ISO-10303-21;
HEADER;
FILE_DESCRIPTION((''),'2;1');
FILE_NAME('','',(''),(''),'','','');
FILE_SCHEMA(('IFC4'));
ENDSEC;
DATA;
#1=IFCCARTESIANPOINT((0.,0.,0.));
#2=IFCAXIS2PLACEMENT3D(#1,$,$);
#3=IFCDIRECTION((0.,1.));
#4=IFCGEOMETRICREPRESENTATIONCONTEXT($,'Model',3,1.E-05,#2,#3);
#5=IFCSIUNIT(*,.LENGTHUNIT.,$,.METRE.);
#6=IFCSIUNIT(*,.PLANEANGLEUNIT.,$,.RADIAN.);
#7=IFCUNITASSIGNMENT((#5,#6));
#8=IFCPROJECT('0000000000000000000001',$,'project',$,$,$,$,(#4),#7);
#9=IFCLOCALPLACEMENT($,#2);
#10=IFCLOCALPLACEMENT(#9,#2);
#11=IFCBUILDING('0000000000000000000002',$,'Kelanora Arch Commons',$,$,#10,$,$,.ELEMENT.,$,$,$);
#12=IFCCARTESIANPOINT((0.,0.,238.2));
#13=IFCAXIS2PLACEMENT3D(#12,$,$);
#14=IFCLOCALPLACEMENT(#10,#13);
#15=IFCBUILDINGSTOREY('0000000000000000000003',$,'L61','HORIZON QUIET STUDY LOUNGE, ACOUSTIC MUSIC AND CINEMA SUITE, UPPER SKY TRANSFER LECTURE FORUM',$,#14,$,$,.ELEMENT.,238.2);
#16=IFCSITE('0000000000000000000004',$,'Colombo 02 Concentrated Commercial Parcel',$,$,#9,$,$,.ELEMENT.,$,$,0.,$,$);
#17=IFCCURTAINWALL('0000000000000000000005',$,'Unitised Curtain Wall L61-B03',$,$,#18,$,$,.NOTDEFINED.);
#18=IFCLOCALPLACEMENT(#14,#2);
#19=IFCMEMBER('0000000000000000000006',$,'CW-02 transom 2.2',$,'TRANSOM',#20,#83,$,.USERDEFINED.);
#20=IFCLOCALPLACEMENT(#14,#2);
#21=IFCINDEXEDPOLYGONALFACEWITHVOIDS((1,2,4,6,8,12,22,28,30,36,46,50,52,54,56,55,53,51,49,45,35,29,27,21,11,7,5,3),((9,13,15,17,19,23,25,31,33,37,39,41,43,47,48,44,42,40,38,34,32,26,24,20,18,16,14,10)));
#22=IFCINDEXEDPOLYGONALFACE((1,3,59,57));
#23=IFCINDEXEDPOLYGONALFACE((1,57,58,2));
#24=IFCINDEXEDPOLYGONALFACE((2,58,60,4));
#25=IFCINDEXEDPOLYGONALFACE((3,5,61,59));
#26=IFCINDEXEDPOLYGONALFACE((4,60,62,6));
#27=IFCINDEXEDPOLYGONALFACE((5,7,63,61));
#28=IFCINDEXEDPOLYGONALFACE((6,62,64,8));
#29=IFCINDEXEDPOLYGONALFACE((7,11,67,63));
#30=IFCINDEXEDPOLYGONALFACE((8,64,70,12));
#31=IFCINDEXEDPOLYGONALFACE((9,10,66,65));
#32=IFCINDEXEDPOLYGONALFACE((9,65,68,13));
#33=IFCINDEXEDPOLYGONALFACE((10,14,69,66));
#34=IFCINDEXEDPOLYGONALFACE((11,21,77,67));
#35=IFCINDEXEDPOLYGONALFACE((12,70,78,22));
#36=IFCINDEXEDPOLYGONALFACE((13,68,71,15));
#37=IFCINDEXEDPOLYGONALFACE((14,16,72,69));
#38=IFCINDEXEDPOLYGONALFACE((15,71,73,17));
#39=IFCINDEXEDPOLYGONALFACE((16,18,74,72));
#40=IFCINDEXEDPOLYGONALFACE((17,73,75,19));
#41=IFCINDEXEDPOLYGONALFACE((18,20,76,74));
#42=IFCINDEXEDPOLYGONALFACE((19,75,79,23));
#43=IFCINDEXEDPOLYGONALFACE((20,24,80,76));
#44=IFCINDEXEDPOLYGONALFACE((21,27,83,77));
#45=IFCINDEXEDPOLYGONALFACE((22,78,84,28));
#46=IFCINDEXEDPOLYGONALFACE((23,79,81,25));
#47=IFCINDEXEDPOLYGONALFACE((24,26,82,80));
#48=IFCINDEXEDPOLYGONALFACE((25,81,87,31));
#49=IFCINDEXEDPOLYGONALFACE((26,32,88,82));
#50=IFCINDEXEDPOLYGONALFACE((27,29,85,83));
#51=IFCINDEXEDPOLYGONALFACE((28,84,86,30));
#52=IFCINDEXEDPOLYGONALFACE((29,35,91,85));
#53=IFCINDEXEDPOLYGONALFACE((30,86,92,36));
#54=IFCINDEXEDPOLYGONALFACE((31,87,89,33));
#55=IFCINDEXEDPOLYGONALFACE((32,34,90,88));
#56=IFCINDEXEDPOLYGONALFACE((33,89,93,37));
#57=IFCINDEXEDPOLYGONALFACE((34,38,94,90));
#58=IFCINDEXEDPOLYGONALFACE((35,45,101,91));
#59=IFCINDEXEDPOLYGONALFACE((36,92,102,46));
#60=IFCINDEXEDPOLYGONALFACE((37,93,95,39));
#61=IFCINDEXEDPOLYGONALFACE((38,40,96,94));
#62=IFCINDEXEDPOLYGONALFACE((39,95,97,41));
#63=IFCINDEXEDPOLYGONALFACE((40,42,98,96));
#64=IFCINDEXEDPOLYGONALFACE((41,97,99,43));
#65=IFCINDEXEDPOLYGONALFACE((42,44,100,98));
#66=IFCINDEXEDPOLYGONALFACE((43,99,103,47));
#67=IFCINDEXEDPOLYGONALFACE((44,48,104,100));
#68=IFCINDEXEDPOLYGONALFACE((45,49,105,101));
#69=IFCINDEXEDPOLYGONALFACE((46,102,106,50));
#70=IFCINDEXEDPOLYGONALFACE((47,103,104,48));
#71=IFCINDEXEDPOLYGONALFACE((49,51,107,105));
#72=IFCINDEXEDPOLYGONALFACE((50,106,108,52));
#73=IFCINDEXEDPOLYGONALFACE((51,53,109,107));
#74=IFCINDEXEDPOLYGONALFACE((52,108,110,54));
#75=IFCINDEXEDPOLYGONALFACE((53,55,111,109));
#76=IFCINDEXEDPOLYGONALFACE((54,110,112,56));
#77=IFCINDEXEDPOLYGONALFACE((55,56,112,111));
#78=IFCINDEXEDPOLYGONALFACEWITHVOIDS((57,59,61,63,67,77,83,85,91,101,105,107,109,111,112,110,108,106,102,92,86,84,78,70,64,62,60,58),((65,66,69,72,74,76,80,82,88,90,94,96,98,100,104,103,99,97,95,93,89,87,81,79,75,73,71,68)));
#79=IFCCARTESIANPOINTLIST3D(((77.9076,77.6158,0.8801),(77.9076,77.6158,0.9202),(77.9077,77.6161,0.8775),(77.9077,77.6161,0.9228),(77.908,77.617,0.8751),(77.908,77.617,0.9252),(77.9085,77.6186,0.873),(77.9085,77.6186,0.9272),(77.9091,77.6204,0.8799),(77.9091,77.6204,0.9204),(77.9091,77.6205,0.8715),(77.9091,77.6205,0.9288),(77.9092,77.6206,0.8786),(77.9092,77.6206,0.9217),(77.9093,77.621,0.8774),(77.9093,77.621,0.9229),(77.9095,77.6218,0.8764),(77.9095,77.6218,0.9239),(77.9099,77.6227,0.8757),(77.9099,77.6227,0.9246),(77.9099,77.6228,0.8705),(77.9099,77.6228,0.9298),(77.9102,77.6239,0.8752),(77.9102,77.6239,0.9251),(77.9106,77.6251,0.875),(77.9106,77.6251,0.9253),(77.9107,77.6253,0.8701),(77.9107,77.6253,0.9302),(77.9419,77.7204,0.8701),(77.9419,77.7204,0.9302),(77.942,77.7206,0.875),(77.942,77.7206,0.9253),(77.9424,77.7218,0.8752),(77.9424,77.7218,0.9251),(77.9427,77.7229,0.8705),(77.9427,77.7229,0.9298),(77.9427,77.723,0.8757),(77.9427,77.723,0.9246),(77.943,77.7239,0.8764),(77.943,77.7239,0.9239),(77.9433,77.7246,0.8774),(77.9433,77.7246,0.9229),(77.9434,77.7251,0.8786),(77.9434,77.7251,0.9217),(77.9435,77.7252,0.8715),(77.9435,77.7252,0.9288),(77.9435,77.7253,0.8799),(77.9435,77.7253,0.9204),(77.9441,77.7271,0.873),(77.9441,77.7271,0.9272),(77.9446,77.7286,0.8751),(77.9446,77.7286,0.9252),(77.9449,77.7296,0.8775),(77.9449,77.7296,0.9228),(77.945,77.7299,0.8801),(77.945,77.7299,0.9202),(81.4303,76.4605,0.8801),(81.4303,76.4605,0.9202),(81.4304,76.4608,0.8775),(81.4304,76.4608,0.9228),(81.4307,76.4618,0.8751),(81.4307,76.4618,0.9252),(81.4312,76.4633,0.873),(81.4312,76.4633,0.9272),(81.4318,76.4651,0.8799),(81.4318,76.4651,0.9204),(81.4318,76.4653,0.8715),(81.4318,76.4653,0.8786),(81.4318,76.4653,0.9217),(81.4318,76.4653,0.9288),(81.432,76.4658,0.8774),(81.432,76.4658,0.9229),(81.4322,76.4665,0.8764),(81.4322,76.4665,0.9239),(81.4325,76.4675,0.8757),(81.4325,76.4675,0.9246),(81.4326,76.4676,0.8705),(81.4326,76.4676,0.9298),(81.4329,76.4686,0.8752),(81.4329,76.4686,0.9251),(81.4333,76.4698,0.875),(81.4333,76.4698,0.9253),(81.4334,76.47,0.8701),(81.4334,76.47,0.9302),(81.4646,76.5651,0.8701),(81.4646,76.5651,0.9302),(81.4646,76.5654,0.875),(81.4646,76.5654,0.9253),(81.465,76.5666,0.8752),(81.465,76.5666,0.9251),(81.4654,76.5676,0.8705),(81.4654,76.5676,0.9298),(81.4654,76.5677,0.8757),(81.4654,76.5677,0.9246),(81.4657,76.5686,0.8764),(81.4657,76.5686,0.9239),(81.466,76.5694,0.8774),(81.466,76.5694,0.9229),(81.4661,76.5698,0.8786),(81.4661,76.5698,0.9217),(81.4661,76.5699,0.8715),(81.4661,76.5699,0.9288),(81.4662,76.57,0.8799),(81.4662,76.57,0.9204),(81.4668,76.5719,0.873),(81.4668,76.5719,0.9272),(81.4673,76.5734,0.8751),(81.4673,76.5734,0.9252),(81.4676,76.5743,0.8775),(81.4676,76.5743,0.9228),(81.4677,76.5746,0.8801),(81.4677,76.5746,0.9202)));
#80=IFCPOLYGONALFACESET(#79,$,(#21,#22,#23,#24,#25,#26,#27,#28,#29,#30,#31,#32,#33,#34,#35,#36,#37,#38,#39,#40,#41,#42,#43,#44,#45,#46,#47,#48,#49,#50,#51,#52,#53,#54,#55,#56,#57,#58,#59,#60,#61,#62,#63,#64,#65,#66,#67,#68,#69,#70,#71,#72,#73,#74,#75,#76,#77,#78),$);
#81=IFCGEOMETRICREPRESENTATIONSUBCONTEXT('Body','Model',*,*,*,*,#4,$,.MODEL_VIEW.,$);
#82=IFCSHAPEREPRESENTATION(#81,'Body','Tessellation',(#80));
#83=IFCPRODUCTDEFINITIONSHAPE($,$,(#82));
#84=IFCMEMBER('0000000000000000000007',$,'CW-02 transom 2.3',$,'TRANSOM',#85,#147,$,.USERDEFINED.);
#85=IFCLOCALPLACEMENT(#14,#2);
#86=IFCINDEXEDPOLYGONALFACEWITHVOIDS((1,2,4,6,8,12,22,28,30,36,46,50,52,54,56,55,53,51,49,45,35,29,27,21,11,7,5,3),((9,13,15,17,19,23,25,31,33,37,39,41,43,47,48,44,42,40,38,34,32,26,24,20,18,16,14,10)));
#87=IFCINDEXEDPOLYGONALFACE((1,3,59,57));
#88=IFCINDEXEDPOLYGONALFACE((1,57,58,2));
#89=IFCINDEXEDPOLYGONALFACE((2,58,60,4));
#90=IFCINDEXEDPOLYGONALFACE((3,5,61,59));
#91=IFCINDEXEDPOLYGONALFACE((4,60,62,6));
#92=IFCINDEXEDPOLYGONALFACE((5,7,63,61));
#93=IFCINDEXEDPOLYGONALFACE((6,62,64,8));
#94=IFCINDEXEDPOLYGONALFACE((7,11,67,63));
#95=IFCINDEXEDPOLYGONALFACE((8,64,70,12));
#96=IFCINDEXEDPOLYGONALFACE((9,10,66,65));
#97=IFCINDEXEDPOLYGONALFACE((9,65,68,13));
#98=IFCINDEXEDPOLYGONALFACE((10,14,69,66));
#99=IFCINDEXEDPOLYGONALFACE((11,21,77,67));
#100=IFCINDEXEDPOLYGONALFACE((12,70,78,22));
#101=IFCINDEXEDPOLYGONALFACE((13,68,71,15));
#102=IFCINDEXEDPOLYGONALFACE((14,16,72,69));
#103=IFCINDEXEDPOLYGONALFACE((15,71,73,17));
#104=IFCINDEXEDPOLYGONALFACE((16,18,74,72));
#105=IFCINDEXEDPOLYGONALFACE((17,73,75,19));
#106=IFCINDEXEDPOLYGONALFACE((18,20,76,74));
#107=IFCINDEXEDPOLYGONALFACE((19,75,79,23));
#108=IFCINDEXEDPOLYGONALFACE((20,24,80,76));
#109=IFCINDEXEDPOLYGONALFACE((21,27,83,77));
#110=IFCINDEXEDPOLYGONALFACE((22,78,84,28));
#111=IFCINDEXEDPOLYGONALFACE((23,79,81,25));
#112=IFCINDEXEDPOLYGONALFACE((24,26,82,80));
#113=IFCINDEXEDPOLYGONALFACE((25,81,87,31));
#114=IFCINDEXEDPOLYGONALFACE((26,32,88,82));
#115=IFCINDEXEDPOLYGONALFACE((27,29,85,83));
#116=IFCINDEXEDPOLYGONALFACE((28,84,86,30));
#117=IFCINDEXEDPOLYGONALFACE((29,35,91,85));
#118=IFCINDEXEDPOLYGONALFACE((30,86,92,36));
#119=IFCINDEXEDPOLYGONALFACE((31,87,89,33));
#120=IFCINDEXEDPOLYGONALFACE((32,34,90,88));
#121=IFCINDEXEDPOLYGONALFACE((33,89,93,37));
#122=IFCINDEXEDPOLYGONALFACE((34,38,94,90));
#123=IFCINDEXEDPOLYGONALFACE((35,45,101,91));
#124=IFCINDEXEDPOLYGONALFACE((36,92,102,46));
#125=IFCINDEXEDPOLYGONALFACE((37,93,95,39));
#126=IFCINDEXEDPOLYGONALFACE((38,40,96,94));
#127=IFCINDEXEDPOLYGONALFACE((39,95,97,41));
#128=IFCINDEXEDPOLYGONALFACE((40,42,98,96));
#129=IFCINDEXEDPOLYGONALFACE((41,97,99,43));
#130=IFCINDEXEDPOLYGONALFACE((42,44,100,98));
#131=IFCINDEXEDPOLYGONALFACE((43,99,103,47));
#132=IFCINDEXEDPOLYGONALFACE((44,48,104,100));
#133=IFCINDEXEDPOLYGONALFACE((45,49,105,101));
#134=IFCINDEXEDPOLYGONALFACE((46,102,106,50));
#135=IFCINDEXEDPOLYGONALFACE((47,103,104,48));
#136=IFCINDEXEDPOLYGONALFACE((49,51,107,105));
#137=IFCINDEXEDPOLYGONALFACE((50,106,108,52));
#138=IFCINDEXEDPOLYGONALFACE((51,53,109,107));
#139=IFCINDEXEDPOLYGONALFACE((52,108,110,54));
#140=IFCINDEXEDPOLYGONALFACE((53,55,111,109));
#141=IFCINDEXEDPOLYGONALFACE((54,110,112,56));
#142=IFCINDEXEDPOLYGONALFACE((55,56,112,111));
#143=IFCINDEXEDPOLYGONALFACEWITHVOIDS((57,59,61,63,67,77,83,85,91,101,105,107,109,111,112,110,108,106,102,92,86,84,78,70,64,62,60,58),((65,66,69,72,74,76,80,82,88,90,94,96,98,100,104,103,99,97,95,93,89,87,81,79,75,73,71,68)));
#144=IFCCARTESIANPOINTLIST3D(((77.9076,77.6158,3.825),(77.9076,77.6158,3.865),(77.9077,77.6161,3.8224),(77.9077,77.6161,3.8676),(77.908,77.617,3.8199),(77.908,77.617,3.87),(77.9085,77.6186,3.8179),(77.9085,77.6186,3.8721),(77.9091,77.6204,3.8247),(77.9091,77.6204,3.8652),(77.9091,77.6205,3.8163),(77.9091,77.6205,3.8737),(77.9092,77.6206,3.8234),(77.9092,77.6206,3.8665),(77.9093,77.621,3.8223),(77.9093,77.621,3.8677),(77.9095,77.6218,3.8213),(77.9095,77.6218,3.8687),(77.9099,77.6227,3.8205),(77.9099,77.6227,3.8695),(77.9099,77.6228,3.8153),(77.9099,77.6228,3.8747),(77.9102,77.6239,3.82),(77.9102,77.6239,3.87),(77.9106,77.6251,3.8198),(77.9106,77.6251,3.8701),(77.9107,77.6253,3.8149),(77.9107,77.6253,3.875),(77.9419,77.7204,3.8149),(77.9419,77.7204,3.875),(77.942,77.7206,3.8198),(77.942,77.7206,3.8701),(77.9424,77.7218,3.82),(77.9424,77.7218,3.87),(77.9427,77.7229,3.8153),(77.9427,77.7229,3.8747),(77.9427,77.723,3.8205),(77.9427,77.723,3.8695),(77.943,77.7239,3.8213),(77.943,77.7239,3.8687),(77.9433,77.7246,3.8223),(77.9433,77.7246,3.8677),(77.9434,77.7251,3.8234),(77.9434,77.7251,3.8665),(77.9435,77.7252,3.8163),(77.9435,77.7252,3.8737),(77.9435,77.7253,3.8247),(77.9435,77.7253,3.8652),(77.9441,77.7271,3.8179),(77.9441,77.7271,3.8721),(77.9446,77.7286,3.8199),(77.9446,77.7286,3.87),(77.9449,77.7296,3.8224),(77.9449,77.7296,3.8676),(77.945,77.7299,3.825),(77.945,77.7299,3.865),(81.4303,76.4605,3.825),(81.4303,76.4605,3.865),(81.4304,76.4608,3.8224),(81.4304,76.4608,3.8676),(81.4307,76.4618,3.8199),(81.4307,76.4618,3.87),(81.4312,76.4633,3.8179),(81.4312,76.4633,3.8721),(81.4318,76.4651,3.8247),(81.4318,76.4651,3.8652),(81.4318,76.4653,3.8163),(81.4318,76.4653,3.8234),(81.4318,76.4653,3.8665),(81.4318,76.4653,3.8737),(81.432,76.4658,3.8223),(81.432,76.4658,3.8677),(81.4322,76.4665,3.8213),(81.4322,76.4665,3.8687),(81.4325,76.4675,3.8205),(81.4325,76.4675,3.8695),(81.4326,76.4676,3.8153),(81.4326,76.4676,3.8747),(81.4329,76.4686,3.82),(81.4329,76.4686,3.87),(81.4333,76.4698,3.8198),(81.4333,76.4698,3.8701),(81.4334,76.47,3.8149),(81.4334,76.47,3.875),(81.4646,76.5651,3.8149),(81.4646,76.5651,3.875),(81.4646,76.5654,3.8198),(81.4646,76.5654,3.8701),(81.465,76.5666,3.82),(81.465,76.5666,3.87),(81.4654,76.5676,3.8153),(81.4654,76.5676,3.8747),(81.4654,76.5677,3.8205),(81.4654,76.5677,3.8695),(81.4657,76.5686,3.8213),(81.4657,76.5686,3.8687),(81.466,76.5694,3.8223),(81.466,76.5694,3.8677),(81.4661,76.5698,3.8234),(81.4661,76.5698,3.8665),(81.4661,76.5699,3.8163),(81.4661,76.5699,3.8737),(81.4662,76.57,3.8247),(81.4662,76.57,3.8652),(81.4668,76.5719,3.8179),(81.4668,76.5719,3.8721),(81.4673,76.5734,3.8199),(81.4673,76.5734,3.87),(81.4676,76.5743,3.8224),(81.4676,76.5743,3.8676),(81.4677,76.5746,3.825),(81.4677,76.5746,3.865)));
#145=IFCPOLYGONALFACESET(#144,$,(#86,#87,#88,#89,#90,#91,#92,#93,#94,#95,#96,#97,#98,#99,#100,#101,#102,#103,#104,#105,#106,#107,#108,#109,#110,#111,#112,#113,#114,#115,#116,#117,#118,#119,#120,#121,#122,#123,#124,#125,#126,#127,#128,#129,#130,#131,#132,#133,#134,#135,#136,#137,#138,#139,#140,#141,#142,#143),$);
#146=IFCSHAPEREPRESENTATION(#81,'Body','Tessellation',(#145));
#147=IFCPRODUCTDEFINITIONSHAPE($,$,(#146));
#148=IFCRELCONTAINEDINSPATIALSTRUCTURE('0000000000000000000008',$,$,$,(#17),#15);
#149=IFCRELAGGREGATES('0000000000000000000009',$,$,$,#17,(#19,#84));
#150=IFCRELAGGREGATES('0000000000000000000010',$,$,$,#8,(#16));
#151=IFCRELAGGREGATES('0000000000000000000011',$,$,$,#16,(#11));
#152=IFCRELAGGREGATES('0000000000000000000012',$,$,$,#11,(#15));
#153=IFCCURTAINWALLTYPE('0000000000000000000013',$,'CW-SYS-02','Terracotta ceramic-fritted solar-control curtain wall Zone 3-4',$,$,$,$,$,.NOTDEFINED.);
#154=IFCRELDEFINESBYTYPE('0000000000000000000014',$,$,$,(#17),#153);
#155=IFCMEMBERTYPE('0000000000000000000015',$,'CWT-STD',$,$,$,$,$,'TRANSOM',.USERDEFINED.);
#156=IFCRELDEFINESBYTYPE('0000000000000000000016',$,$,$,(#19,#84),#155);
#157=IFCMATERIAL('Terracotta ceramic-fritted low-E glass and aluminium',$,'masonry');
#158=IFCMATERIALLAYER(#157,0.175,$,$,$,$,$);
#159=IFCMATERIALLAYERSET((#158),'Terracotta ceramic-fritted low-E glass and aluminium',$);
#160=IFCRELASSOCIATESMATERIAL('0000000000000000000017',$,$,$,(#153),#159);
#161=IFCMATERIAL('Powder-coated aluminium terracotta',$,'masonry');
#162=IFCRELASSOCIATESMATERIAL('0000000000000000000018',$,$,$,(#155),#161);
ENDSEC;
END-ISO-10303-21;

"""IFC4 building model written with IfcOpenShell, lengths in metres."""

from ifc_helpers import new_model, si_unit, direction, frame, origin, origin_2d, place, context, subcontext, project, spatial, hollow_rectangle, extrude, material, layer, layer_set, material_profile, profile_set, type_object, element, aggregate, save


model = new_model("IFC4")

# Units and contexts
model_context = context("Model", 3, precision=1e-05, world=origin(), true_north=direction((0.0, 1.0)))
body_context = subcontext(model_context, "Body", "Model", "MODEL_VIEW")
ifc_project = project(units=[si_unit("LENGTHUNIT", "METRE"), si_unit("PLANEANGLEUNIT", "RADIAN")], contexts=[model_context])

# Site, building, storey
site_placement = place(None, origin())
site = spatial("IfcSite", under=ifc_project, at=site_placement, Name="Colombo 02 Concentrated Commercial Parcel", CompositionType="ELEMENT", RefElevation=0.0)
building_placement = place(site_placement, origin())
building = spatial("IfcBuilding", under=site, at=building_placement, Name="Kelanora Arch Commons", CompositionType="ELEMENT")
storey_placement = place(building_placement, frame((0.0, 0.0, 238.2)))
storey = spatial("IfcBuildingStorey", under=building, at=storey_placement, Name="L61", Description="HORIZON QUIET STUDY LOUNGE, ACOUSTIC MUSIC AND CINEMA SUITE, UPPER SKY TRANSFER LECTURE FORUM", CompositionType="ELEMENT", Elevation=238.2)

# Curtain wall, members
ifc_material_1 = material(Name="Terracotta ceramic-fritted low-E glass and aluminium", Category="masonry")
ifc_layer_1 = layer(ifc_material_1, 0.175)
ifc_layer_set_1 = layer_set([ifc_layer_1], Name="Terracotta ceramic-fritted low-E glass and aluminium")
curtain_wall_type = type_object("IfcCurtainWallType", Name="CW-SYS-02", Description="Terracotta ceramic-fritted solar-control curtain wall Zone 3-4", PredefinedType="NOTDEFINED", material=ifc_layer_set_1)
curtain_wall_placement = place(storey_placement, origin())
curtain_wall = element("IfcCurtainWall", 1, at=curtain_wall_placement, inside=storey, type_object=curtain_wall_type, Name="Unitised Curtain Wall L61-B03", PredefinedType="NOTDEFINED")
ifc_material_2 = material(Name="Powder-coated aluminium terracotta", Category="masonry")
ifc_material_profile_1 = material_profile(ifc_material_2, hollow_rectangle(XDim=0.1201, YDim=0.0601, WallThickness=0.0049, InnerFilletRadius=0.0049, OuterFilletRadius=0.01, at=origin_2d()), Name="CWT120x60")
ifc_profile_set_1 = profile_set([ifc_material_profile_1], Name="Powder-coated aluminium terracotta")
member_type_1 = type_object("IfcMemberType", Name="CWT-STD", ElementType="TRANSOM", PredefinedType="USERDEFINED", material=ifc_profile_set_1)
member_1_placement = place(storey_placement, frame((81.449, 76.5176, 0.9001), z_axis=(-0.950207, 0.311621, 0.0), x_axis=(-0.311621, -0.950207, 0.0)))
member_1 = element("IfcMember", 2, at=member_1_placement, type_object=member_type_1, Name="CW-02 transom 2.2", ObjectType="TRANSOM", PredefinedType="USERDEFINED", context=body_context, shape_type="SweptSolid", body=[
    extrude(hollow_rectangle(XDim=0.1201, YDim=0.0601, WallThickness=0.0049, InnerFilletRadius=0.0049, OuterFilletRadius=0.01, at=origin_2d()), origin(), (0.0, 0.0, 1.0), 3.7073),
])
member_2_placement = place(storey_placement, frame((81.449, 76.5176, 3.845), z_axis=(-0.950207, 0.311621, 0.0), x_axis=(-0.311621, -0.950207, 0.0)))
member_2 = element("IfcMember", 3, at=member_2_placement, type_object=member_type_1, Name="CW-02 transom 2.3", ObjectType="TRANSOM", PredefinedType="USERDEFINED", context=body_context, shape_type="SweptSolid", body=[
    extrude(hollow_rectangle(XDim=0.1201, YDim=0.0601, WallThickness=0.0049, InnerFilletRadius=0.0049, OuterFilletRadius=0.01, at=origin_2d()), origin(), (0.0, 0.0, 1.0), 3.7073),
])
aggregate(curtain_wall, [member_1, member_2])

save(model, "model.ifc")
